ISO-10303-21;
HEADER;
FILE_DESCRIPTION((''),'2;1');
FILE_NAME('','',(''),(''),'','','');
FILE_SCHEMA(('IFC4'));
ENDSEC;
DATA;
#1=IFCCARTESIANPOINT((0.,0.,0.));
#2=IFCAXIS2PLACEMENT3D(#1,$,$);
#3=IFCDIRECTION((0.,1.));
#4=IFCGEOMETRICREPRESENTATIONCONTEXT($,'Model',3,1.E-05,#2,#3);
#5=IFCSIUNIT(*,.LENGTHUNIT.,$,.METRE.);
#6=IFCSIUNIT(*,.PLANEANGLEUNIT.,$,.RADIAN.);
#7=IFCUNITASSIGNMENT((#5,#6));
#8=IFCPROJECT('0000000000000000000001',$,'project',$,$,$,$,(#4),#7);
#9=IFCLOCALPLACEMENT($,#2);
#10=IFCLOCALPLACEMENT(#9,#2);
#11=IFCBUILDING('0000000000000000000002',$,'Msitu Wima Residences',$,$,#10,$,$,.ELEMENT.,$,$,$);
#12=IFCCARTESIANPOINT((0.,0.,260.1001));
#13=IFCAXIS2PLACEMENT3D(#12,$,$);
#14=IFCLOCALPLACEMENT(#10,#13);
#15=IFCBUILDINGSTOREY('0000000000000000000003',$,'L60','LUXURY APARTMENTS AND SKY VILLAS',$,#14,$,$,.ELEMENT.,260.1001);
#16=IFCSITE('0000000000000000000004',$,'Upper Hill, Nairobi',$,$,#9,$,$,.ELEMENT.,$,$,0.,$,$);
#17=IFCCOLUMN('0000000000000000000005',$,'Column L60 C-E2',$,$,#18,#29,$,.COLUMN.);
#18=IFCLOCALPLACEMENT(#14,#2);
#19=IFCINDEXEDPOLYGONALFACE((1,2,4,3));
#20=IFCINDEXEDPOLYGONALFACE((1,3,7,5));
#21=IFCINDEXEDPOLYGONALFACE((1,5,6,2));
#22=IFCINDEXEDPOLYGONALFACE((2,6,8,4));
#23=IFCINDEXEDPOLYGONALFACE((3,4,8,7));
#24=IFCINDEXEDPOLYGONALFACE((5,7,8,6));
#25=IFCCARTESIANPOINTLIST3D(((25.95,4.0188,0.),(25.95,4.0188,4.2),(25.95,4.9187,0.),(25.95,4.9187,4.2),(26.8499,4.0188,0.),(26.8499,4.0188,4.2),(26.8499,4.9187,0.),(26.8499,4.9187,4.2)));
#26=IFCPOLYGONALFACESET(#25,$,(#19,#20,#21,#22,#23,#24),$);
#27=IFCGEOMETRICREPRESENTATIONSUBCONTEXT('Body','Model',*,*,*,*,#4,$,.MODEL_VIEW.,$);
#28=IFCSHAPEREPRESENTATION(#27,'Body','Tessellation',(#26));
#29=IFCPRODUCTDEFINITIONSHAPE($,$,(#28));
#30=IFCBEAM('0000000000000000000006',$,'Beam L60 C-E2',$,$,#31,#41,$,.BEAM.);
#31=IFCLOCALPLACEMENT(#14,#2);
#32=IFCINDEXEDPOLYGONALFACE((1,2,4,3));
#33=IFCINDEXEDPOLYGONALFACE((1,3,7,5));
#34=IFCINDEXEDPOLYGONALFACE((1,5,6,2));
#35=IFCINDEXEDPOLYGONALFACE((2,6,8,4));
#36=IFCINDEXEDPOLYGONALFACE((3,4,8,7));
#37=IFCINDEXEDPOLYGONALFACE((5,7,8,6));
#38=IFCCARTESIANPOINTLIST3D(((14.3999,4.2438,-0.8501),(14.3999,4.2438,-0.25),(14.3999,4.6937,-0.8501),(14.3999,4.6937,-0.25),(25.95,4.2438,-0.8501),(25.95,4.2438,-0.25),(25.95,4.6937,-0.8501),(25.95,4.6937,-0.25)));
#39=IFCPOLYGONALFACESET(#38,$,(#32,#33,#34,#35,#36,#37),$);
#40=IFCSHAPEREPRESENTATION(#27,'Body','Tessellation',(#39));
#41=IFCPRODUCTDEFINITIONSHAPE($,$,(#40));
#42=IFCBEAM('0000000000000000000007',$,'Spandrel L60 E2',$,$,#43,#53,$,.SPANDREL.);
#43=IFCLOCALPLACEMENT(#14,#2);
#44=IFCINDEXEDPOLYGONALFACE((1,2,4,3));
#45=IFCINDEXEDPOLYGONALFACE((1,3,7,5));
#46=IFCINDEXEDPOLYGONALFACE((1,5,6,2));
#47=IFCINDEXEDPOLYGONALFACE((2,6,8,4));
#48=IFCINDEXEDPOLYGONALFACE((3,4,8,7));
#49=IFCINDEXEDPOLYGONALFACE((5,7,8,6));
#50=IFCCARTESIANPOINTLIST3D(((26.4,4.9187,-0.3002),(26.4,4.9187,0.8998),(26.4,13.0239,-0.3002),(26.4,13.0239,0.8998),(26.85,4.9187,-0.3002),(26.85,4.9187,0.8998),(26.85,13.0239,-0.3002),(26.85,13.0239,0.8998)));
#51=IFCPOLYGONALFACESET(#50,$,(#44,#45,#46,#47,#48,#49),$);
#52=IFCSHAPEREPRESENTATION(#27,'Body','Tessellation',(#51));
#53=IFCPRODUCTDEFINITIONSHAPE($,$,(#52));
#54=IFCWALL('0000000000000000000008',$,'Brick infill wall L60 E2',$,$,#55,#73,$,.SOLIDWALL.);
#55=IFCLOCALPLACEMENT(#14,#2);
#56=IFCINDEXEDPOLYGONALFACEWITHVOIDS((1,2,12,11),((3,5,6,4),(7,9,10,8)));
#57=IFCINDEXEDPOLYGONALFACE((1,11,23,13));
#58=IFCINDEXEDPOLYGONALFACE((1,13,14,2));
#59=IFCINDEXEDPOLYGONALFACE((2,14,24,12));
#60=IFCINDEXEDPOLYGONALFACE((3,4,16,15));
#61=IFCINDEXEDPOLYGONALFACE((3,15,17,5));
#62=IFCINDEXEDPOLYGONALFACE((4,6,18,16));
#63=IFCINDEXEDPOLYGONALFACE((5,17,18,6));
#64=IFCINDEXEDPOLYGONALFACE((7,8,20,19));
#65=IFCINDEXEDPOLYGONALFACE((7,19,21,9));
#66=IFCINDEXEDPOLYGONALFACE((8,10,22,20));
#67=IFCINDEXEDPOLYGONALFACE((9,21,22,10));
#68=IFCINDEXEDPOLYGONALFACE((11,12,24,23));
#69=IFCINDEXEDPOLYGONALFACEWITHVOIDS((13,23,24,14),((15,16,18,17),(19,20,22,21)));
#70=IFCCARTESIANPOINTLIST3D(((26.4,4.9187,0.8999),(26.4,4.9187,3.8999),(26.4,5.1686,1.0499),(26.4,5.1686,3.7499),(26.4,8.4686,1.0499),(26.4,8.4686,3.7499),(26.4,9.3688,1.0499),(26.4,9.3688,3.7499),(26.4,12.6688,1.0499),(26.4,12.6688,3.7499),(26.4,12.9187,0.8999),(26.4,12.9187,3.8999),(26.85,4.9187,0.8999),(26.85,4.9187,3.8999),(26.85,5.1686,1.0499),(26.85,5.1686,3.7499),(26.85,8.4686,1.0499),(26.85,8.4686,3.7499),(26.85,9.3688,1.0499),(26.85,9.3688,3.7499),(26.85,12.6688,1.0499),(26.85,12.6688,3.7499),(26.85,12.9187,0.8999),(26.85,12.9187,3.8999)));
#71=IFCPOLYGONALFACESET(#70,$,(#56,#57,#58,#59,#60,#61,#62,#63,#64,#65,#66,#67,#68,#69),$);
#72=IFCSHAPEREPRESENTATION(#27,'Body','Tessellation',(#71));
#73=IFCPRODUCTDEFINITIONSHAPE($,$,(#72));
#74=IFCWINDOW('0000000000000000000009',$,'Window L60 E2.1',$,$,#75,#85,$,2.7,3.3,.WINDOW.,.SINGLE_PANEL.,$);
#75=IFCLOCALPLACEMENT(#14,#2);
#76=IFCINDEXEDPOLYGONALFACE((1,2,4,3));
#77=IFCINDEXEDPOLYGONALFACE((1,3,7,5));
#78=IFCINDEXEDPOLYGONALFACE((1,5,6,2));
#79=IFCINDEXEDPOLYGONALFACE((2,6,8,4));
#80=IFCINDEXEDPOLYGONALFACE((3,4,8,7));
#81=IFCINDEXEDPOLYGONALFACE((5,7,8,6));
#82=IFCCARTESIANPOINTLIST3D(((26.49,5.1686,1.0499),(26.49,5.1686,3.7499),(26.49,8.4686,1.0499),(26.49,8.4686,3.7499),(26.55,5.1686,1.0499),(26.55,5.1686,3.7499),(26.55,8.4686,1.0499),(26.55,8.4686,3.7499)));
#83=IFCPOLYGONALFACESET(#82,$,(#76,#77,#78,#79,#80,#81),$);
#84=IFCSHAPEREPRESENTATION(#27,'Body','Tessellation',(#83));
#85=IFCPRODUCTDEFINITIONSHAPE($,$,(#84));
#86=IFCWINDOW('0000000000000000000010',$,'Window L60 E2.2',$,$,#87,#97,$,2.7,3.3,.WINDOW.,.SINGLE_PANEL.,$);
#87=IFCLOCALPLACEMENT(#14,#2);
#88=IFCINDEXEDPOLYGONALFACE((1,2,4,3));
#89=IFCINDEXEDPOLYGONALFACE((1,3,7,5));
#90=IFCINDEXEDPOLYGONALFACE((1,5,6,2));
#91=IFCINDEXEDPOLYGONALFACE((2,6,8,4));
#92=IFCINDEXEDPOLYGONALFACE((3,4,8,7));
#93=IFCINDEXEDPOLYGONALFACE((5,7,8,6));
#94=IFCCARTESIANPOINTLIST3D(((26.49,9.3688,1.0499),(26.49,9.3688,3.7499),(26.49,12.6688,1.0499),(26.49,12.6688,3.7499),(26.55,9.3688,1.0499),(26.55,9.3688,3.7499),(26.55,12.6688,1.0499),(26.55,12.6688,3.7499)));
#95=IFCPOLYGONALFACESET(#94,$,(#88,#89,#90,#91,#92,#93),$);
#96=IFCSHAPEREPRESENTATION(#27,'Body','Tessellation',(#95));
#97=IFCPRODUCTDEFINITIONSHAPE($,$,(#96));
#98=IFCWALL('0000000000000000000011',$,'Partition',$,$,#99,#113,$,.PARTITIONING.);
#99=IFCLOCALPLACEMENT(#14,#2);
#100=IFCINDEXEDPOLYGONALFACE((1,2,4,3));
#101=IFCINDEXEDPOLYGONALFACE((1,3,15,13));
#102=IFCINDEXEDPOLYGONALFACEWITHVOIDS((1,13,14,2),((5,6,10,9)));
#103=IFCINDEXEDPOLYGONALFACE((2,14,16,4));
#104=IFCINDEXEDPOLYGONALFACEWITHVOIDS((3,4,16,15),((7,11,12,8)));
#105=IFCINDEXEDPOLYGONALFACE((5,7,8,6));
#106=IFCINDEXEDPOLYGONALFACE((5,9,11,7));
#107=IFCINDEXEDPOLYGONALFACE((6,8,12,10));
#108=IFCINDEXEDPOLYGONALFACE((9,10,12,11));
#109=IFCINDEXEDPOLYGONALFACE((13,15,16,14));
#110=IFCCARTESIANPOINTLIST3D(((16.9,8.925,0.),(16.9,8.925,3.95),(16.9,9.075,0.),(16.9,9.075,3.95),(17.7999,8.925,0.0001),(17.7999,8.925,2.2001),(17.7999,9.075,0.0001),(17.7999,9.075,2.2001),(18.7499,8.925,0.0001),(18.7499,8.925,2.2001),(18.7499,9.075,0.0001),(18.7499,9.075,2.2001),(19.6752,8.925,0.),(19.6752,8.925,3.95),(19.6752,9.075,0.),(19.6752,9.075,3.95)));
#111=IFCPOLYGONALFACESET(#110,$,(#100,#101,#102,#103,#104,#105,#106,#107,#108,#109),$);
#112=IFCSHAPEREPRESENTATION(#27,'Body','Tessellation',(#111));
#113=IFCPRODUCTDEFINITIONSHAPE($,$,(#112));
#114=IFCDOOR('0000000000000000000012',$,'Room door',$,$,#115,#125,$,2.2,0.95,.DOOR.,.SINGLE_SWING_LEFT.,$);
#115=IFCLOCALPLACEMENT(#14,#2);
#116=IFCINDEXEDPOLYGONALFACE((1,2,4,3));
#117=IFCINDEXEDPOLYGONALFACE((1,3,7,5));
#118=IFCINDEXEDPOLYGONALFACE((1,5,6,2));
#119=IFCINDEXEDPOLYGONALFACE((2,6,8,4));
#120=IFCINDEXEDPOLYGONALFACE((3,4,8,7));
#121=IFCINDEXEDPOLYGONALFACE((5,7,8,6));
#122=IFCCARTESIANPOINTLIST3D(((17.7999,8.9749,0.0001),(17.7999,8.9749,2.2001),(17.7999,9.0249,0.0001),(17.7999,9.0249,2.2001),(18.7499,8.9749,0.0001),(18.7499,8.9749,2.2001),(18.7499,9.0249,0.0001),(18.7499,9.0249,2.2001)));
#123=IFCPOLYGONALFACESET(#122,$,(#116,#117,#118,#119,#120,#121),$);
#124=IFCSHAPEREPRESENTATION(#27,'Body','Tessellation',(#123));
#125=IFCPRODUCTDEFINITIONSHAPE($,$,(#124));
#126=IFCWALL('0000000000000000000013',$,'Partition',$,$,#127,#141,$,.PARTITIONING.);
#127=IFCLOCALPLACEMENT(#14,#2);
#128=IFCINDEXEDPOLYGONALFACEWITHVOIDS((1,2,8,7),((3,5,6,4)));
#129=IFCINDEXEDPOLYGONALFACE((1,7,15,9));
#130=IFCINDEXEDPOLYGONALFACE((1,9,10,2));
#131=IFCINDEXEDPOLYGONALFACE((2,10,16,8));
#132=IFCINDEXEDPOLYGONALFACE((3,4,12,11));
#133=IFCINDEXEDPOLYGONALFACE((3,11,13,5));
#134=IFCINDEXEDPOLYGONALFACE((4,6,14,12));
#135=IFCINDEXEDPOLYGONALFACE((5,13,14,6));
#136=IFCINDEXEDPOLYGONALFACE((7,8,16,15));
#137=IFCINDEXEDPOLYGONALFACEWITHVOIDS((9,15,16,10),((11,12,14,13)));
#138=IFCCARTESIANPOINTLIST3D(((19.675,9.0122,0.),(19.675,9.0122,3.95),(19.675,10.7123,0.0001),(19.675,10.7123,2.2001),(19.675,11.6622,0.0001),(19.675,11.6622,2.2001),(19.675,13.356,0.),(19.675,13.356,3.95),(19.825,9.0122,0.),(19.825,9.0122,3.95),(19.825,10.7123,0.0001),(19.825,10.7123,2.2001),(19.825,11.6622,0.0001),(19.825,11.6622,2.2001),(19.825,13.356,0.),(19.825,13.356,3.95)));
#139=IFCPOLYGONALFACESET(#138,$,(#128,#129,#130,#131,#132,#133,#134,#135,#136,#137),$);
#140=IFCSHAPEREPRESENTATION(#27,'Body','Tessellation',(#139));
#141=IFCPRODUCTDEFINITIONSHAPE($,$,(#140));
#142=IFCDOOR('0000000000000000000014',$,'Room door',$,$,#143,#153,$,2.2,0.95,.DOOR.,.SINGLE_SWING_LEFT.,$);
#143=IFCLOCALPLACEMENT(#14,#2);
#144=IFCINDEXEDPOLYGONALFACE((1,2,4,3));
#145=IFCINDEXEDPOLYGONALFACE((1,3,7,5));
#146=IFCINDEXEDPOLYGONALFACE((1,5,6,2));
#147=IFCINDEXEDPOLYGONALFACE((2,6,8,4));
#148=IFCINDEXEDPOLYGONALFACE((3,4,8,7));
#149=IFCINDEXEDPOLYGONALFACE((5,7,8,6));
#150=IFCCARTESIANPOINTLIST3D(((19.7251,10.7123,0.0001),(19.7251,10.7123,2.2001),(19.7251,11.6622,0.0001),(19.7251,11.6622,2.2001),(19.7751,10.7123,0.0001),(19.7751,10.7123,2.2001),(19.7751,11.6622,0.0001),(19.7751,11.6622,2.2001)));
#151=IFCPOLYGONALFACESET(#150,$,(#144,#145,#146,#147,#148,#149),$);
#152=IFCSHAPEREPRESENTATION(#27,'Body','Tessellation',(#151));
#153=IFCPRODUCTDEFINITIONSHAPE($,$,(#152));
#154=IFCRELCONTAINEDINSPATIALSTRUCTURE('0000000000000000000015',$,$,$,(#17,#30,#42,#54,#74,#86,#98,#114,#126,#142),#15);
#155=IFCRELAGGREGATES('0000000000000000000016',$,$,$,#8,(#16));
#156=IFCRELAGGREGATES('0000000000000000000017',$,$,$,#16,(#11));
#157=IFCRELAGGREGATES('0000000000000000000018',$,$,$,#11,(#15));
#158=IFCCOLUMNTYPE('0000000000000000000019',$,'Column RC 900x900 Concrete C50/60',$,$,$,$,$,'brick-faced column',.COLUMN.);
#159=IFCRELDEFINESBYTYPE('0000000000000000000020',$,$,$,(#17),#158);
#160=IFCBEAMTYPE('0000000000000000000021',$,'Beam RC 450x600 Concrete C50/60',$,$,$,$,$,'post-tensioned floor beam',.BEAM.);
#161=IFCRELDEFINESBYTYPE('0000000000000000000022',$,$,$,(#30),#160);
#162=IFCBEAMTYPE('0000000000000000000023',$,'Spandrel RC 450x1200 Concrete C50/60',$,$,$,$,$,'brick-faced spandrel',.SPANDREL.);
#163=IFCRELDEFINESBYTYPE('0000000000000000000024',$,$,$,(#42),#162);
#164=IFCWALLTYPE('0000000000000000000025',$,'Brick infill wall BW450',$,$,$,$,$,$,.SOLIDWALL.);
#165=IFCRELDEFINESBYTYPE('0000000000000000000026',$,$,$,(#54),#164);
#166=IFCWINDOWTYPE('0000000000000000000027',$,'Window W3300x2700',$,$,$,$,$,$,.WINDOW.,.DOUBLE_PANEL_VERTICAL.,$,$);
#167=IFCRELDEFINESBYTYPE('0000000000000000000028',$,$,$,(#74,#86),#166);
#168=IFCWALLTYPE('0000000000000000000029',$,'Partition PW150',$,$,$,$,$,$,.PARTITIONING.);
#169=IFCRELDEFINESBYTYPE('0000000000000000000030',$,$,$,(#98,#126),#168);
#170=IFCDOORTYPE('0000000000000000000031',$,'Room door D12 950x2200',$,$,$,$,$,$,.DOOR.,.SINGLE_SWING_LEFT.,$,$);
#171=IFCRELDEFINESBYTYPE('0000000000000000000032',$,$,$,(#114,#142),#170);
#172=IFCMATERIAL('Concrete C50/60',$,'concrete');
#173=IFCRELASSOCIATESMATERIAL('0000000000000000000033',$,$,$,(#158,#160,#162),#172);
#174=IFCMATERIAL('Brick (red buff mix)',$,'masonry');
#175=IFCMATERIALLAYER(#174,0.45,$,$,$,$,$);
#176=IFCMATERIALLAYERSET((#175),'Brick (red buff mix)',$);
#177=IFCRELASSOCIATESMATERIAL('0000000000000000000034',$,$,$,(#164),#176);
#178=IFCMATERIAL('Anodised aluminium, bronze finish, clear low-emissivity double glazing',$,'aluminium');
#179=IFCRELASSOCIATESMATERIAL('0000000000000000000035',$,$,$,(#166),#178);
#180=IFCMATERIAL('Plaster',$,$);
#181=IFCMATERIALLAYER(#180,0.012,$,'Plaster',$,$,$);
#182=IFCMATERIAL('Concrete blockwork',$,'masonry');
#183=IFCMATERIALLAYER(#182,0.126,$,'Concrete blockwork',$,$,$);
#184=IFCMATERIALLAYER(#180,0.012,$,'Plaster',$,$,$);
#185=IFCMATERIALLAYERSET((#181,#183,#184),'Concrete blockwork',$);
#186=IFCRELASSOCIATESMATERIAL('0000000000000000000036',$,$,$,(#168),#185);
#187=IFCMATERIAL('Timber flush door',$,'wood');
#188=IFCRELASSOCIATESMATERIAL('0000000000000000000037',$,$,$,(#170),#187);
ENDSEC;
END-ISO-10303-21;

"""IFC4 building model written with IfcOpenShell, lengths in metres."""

from ifc_helpers import new_model, si_unit, direction, frame, frame_2d, origin, origin_2d, place, context, subcontext, project, spatial, rectangle, extrude, material, layer, layer_set, material_profile, profile_set, type_object, element, fill, save


model = new_model("IFC4")

# Units and contexts
model_context = context("Model", 3, precision=1e-05, world=origin(), true_north=direction((0.0, 1.0)))
body_context = subcontext(model_context, "Body", "Model", "MODEL_VIEW")
ifc_project = project(units=[si_unit("LENGTHUNIT", "METRE"), si_unit("PLANEANGLEUNIT", "RADIAN")], contexts=[model_context])

# Site, building, storey
site_placement = place(None, origin())
site = spatial("IfcSite", under=ifc_project, at=site_placement, Name="Upper Hill, Nairobi", CompositionType="ELEMENT", RefElevation=0.0)
building_placement = place(site_placement, origin())
building = spatial("IfcBuilding", under=site, at=building_placement, Name="Msitu Wima Residences", CompositionType="ELEMENT")
storey_placement = place(building_placement, frame((0.0, 0.0, 260.1001)))
storey = spatial("IfcBuildingStorey", under=building, at=storey_placement, Name="L60", Description="LUXURY APARTMENTS AND SKY VILLAS", CompositionType="ELEMENT", Elevation=260.1001)

# Column
ifc_material_1 = material(Name="Concrete C50/60", Category="concrete")
ifc_material_profile_1 = material_profile(ifc_material_1, rectangle(XDim=0.8999, YDim=0.8999, at=origin_2d()), Name="RC 900x900")
ifc_profile_set_1 = profile_set([ifc_material_profile_1], Name="Concrete C50/60")
column_type = type_object("IfcColumnType", Name="Column RC 900x900 Concrete C50/60", ElementType="brick-faced column", PredefinedType="COLUMN", material=ifc_profile_set_1)
column_placement = place(storey_placement, frame((26.3999, 4.4688, 0.0), z_axis=(0.0, 0.0, 1.0), x_axis=(0.0, 1.0, 0.0)))
element("IfcColumn", 1, at=column_placement, inside=storey, type_object=column_type, Name="Column L60 C-E2", PredefinedType="COLUMN", context=body_context, shape_type="SweptSolid", body=[
    extrude(rectangle(XDim=0.8999, YDim=0.8999, at=origin_2d()), origin(), (0.0, 0.0, 1.0), 4.2),
])

# Beams
ifc_material_profile_2 = material_profile(ifc_material_1, rectangle(XDim=0.45, YDim=0.6001, at=origin_2d()), Name="RC 450x600")
ifc_profile_set_2 = profile_set([ifc_material_profile_2], Name="Concrete C50/60")
beam_type_1 = type_object("IfcBeamType", Name="Beam RC 450x600 Concrete C50/60", ElementType="post-tensioned floor beam", PredefinedType="BEAM", material=ifc_profile_set_2)
beam_1_placement = place(storey_placement, frame((25.95, 4.4688, -0.55), z_axis=(-1.0, 0.0, 0.0), x_axis=(0.0, -1.0, 0.0)))
element("IfcBeam", 2, at=beam_1_placement, inside=storey, type_object=beam_type_1, Name="Beam L60 C-E2", PredefinedType="BEAM", context=body_context, shape_type="SweptSolid", body=[
    extrude(rectangle(XDim=0.45, YDim=0.6001, at=origin_2d()), origin(), (0.0, 0.0, 1.0), 11.55),
])
ifc_material_profile_3 = material_profile(ifc_material_1, rectangle(XDim=0.45, YDim=1.2, at=origin_2d()), Name="RC 450x1200")
ifc_profile_set_3 = profile_set([ifc_material_profile_3], Name="Concrete C50/60")
beam_type_2 = type_object("IfcBeamType", Name="Spandrel RC 450x1200 Concrete C50/60", ElementType="brick-faced spandrel", PredefinedType="SPANDREL", material=ifc_profile_set_3)
beam_2_placement = place(storey_placement, frame((26.625, 4.9187, 0.2998), z_axis=(0.0, 1.0, 0.0), x_axis=(-1.0, 0.0, 0.0)))
element("IfcBeam", 3, at=beam_2_placement, inside=storey, type_object=beam_type_2, Name="Spandrel L60 E2", PredefinedType="SPANDREL", context=body_context, shape_type="SweptSolid", body=[
    extrude(rectangle(XDim=0.45, YDim=1.2, at=origin_2d()), origin(), (0.0, 0.0, 1.0), 8.1052),
])

# Wall, openings, windows
ifc_material_2 = material(Name="Brick (red buff mix)", Category="masonry")
ifc_layer_1 = layer(ifc_material_2, 0.45)
ifc_layer_set_1 = layer_set([ifc_layer_1], Name="Brick (red buff mix)")
wall_type_1 = type_object("IfcWallType", Name="Brick infill wall BW450", PredefinedType="SOLIDWALL", material=ifc_layer_set_1)
wall_1_placement = place(storey_placement, frame((26.625, 4.9187, 0.8999), z_axis=(0.0, 0.0, 1.0), x_axis=(0.0, 1.0, 0.0)))
wall_1 = element("IfcWall", 4, at=wall_1_placement, inside=storey, type_object=wall_type_1, Name="Brick infill wall L60 E2", PredefinedType="SOLIDWALL", context=body_context, shape_type="SweptSolid", body=[
    extrude(rectangle(XDim=8.0, YDim=0.45, at=frame_2d((4.0, 0.0))), origin(), (0.0, 0.0, 1.0), 3.0),
])
opening_1_placement = place(wall_1_placement, frame((0.25, 0.0, 0.1499)))
opening_1 = element("IfcOpeningElement", 5, at=opening_1_placement, cuts=wall_1, PredefinedType="OPENING", context=body_context, shape_type="SweptSolid", body=[
    extrude(rectangle(XDim=3.3, YDim=2.7, at=frame_2d((1.6499, 1.3501))), frame((0.0, 0.2349, 0.0), z_axis=(0.0, -1.0, 0.0), x_axis=(1.0, 0.0, 0.0)), (0.0, 0.0, 1.0), 0.47),
])
opening_2_placement = place(wall_1_placement, frame((4.4502, 0.0, 0.1499)))
opening_2 = element("IfcOpeningElement", 6, at=opening_2_placement, cuts=wall_1, PredefinedType="OPENING", context=body_context, shape_type="SweptSolid", body=[
    extrude(rectangle(XDim=3.3, YDim=2.7, at=frame_2d((1.6499, 1.3501))), frame((0.0, 0.2349, 0.0), z_axis=(0.0, -1.0, 0.0), x_axis=(1.0, 0.0, 0.0)), (0.0, 0.0, 1.0), 0.47),
])
ifc_material_3 = material(Name="Anodised aluminium, bronze finish, clear low-emissivity double glazing", Category="aluminium")
window_type = type_object("IfcWindowType", Name="Window W3300x2700", PartitioningType="DOUBLE_PANEL_VERTICAL", PredefinedType="WINDOW", material=ifc_material_3)
window_1_placement = place(opening_1_placement, origin())
window_1 = element("IfcWindow", 7, at=window_1_placement, inside=storey, type_object=window_type, Name="Window L60 E2.1", OverallHeight=2.7, OverallWidth=3.3, PartitioningType="SINGLE_PANEL", PredefinedType="WINDOW", context=body_context, shape_type="SweptSolid", body=[
    extrude(rectangle(XDim=3.3, YDim=2.7, at=frame_2d((1.6499, 1.3501))), frame((0.0, 0.135, 0.0), z_axis=(0.0, -1.0, 0.0), x_axis=(1.0, 0.0, 0.0)), (0.0, 0.0, 1.0), 0.0601),
])
fill(opening_1, window_1)
window_2_placement = place(opening_2_placement, origin())
window_2 = element("IfcWindow", 8, at=window_2_placement, inside=storey, type_object=window_type, Name="Window L60 E2.2", OverallHeight=2.7, OverallWidth=3.3, PartitioningType="SINGLE_PANEL", PredefinedType="WINDOW", context=body_context, shape_type="SweptSolid", body=[
    extrude(rectangle(XDim=3.3, YDim=2.7, at=frame_2d((1.6499, 1.3501))), frame((0.0, 0.135, 0.0), z_axis=(0.0, -1.0, 0.0), x_axis=(1.0, 0.0, 0.0)), (0.0, 0.0, 1.0), 0.0601),
])
fill(opening_2, window_2)

# Walls, openings, doors
ifc_material_4 = material(Name="Plaster")
ifc_layer_2 = layer(ifc_material_4, 0.012, Name="Plaster")
ifc_material_5 = material(Name="Concrete blockwork", Category="masonry")
ifc_layer_3 = layer(ifc_material_5, 0.126, Name="Concrete blockwork")
ifc_layer_4 = layer(ifc_material_4, 0.012, Name="Plaster")
ifc_layer_set_2 = layer_set([ifc_layer_2, ifc_layer_3, ifc_layer_4], Name="Concrete blockwork")
wall_type_2 = type_object("IfcWallType", Name="Partition PW150", PredefinedType="PARTITIONING", material=ifc_layer_set_2)
wall_2_placement = place(storey_placement, frame((16.8999, 9.0, 0.0), z_axis=(0.0, 0.0, 1.0), x_axis=(1.0, 0.0, 0.0)))
wall_2 = element("IfcWall", 9, at=wall_2_placement, inside=storey, type_object=wall_type_2, Name="Partition", PredefinedType="PARTITIONING", context=body_context, shape_type="SweptSolid", body=[
    extrude(rectangle(XDim=2.7751, YDim=0.1499, at=frame_2d((1.3877, 0.0))), origin(), (0.0, 0.0, 1.0), 3.95),
])
opening_3_placement = place(wall_2_placement, frame((0.8999, 0.0, 0.0)))
opening_3 = element("IfcOpeningElement", 10, at=opening_3_placement, cuts=wall_2, PredefinedType="OPENING", context=body_context, shape_type="SweptSolid", body=[
    extrude(rectangle(XDim=0.95, YDim=2.2, at=frame_2d((0.4751, 1.1001))), frame((0.0, 0.085, 0.0), z_axis=(0.0, -1.0, 0.0), x_axis=(1.0, 0.0, 0.0)), (0.0, 0.0, 1.0), 0.1699),
])
ifc_material_6 = material(Name="Timber flush door", Category="wood")
door_type_1 = type_object("IfcDoorType", Name="Room door D12 950x2200", OperationType="SINGLE_SWING_LEFT", PredefinedType="DOOR", material=ifc_material_6)
door_1_placement = place(opening_3_placement, origin())
door_1 = element("IfcDoor", 11, at=door_1_placement, inside=storey, type_object=door_type_1, Name="Room door", OperationType="SINGLE_SWING_LEFT", OverallHeight=2.2, OverallWidth=0.95, PredefinedType="DOOR", context=body_context, shape_type="SweptSolid", body=[
    extrude(rectangle(XDim=0.95, YDim=2.2, at=frame_2d((0.4751, 1.1001))), frame((0.0, 0.0249, 0.0), z_axis=(0.0, -1.0, 0.0), x_axis=(1.0, 0.0, 0.0)), (0.0, 0.0, 1.0), 0.05),
])
fill(opening_3, door_1)
wall_3_placement = place(storey_placement, frame((19.75, 9.0122, 0.0), z_axis=(0.0, 0.0, 1.0), x_axis=(0.0, 1.0, 0.0)))
wall_3 = element("IfcWall", 12, at=wall_3_placement, inside=storey, type_object=wall_type_2, Name="Partition", PredefinedType="PARTITIONING", context=body_context, shape_type="SweptSolid", body=[
    extrude(rectangle(XDim=4.3438, YDim=0.1499, at=frame_2d((2.1719, 0.0))), origin(), (0.0, 0.0, 1.0), 3.95),
])
opening_4_placement = place(wall_3_placement, frame((1.7, 0.0, 0.0)))
opening_4 = element("IfcOpeningElement", 13, at=opening_4_placement, cuts=wall_3, PredefinedType="OPENING", context=body_context, shape_type="SweptSolid", body=[
    extrude(rectangle(XDim=0.95, YDim=2.2, at=frame_2d((0.4751, 1.1001))), frame((0.0, 0.085, 0.0), z_axis=(0.0, -1.0, 0.0), x_axis=(1.0, 0.0, 0.0)), (0.0, 0.0, 1.0), 0.1699),
])
door_2_placement = place(opening_4_placement, origin())
door_2 = element("IfcDoor", 14, at=door_2_placement, inside=storey, type_object=door_type_1, Name="Room door", OperationType="SINGLE_SWING_LEFT", OverallHeight=2.2, OverallWidth=0.95, PredefinedType="DOOR", context=body_context, shape_type="SweptSolid", body=[
    extrude(rectangle(XDim=0.95, YDim=2.2, at=frame_2d((0.4751, 1.1001))), frame((0.0, 0.0249, 0.0), z_axis=(0.0, -1.0, 0.0), x_axis=(1.0, 0.0, 0.0)), (0.0, 0.0, 1.0), 0.05),
])
fill(opening_4, door_2)

save(model, "model.ifc")
